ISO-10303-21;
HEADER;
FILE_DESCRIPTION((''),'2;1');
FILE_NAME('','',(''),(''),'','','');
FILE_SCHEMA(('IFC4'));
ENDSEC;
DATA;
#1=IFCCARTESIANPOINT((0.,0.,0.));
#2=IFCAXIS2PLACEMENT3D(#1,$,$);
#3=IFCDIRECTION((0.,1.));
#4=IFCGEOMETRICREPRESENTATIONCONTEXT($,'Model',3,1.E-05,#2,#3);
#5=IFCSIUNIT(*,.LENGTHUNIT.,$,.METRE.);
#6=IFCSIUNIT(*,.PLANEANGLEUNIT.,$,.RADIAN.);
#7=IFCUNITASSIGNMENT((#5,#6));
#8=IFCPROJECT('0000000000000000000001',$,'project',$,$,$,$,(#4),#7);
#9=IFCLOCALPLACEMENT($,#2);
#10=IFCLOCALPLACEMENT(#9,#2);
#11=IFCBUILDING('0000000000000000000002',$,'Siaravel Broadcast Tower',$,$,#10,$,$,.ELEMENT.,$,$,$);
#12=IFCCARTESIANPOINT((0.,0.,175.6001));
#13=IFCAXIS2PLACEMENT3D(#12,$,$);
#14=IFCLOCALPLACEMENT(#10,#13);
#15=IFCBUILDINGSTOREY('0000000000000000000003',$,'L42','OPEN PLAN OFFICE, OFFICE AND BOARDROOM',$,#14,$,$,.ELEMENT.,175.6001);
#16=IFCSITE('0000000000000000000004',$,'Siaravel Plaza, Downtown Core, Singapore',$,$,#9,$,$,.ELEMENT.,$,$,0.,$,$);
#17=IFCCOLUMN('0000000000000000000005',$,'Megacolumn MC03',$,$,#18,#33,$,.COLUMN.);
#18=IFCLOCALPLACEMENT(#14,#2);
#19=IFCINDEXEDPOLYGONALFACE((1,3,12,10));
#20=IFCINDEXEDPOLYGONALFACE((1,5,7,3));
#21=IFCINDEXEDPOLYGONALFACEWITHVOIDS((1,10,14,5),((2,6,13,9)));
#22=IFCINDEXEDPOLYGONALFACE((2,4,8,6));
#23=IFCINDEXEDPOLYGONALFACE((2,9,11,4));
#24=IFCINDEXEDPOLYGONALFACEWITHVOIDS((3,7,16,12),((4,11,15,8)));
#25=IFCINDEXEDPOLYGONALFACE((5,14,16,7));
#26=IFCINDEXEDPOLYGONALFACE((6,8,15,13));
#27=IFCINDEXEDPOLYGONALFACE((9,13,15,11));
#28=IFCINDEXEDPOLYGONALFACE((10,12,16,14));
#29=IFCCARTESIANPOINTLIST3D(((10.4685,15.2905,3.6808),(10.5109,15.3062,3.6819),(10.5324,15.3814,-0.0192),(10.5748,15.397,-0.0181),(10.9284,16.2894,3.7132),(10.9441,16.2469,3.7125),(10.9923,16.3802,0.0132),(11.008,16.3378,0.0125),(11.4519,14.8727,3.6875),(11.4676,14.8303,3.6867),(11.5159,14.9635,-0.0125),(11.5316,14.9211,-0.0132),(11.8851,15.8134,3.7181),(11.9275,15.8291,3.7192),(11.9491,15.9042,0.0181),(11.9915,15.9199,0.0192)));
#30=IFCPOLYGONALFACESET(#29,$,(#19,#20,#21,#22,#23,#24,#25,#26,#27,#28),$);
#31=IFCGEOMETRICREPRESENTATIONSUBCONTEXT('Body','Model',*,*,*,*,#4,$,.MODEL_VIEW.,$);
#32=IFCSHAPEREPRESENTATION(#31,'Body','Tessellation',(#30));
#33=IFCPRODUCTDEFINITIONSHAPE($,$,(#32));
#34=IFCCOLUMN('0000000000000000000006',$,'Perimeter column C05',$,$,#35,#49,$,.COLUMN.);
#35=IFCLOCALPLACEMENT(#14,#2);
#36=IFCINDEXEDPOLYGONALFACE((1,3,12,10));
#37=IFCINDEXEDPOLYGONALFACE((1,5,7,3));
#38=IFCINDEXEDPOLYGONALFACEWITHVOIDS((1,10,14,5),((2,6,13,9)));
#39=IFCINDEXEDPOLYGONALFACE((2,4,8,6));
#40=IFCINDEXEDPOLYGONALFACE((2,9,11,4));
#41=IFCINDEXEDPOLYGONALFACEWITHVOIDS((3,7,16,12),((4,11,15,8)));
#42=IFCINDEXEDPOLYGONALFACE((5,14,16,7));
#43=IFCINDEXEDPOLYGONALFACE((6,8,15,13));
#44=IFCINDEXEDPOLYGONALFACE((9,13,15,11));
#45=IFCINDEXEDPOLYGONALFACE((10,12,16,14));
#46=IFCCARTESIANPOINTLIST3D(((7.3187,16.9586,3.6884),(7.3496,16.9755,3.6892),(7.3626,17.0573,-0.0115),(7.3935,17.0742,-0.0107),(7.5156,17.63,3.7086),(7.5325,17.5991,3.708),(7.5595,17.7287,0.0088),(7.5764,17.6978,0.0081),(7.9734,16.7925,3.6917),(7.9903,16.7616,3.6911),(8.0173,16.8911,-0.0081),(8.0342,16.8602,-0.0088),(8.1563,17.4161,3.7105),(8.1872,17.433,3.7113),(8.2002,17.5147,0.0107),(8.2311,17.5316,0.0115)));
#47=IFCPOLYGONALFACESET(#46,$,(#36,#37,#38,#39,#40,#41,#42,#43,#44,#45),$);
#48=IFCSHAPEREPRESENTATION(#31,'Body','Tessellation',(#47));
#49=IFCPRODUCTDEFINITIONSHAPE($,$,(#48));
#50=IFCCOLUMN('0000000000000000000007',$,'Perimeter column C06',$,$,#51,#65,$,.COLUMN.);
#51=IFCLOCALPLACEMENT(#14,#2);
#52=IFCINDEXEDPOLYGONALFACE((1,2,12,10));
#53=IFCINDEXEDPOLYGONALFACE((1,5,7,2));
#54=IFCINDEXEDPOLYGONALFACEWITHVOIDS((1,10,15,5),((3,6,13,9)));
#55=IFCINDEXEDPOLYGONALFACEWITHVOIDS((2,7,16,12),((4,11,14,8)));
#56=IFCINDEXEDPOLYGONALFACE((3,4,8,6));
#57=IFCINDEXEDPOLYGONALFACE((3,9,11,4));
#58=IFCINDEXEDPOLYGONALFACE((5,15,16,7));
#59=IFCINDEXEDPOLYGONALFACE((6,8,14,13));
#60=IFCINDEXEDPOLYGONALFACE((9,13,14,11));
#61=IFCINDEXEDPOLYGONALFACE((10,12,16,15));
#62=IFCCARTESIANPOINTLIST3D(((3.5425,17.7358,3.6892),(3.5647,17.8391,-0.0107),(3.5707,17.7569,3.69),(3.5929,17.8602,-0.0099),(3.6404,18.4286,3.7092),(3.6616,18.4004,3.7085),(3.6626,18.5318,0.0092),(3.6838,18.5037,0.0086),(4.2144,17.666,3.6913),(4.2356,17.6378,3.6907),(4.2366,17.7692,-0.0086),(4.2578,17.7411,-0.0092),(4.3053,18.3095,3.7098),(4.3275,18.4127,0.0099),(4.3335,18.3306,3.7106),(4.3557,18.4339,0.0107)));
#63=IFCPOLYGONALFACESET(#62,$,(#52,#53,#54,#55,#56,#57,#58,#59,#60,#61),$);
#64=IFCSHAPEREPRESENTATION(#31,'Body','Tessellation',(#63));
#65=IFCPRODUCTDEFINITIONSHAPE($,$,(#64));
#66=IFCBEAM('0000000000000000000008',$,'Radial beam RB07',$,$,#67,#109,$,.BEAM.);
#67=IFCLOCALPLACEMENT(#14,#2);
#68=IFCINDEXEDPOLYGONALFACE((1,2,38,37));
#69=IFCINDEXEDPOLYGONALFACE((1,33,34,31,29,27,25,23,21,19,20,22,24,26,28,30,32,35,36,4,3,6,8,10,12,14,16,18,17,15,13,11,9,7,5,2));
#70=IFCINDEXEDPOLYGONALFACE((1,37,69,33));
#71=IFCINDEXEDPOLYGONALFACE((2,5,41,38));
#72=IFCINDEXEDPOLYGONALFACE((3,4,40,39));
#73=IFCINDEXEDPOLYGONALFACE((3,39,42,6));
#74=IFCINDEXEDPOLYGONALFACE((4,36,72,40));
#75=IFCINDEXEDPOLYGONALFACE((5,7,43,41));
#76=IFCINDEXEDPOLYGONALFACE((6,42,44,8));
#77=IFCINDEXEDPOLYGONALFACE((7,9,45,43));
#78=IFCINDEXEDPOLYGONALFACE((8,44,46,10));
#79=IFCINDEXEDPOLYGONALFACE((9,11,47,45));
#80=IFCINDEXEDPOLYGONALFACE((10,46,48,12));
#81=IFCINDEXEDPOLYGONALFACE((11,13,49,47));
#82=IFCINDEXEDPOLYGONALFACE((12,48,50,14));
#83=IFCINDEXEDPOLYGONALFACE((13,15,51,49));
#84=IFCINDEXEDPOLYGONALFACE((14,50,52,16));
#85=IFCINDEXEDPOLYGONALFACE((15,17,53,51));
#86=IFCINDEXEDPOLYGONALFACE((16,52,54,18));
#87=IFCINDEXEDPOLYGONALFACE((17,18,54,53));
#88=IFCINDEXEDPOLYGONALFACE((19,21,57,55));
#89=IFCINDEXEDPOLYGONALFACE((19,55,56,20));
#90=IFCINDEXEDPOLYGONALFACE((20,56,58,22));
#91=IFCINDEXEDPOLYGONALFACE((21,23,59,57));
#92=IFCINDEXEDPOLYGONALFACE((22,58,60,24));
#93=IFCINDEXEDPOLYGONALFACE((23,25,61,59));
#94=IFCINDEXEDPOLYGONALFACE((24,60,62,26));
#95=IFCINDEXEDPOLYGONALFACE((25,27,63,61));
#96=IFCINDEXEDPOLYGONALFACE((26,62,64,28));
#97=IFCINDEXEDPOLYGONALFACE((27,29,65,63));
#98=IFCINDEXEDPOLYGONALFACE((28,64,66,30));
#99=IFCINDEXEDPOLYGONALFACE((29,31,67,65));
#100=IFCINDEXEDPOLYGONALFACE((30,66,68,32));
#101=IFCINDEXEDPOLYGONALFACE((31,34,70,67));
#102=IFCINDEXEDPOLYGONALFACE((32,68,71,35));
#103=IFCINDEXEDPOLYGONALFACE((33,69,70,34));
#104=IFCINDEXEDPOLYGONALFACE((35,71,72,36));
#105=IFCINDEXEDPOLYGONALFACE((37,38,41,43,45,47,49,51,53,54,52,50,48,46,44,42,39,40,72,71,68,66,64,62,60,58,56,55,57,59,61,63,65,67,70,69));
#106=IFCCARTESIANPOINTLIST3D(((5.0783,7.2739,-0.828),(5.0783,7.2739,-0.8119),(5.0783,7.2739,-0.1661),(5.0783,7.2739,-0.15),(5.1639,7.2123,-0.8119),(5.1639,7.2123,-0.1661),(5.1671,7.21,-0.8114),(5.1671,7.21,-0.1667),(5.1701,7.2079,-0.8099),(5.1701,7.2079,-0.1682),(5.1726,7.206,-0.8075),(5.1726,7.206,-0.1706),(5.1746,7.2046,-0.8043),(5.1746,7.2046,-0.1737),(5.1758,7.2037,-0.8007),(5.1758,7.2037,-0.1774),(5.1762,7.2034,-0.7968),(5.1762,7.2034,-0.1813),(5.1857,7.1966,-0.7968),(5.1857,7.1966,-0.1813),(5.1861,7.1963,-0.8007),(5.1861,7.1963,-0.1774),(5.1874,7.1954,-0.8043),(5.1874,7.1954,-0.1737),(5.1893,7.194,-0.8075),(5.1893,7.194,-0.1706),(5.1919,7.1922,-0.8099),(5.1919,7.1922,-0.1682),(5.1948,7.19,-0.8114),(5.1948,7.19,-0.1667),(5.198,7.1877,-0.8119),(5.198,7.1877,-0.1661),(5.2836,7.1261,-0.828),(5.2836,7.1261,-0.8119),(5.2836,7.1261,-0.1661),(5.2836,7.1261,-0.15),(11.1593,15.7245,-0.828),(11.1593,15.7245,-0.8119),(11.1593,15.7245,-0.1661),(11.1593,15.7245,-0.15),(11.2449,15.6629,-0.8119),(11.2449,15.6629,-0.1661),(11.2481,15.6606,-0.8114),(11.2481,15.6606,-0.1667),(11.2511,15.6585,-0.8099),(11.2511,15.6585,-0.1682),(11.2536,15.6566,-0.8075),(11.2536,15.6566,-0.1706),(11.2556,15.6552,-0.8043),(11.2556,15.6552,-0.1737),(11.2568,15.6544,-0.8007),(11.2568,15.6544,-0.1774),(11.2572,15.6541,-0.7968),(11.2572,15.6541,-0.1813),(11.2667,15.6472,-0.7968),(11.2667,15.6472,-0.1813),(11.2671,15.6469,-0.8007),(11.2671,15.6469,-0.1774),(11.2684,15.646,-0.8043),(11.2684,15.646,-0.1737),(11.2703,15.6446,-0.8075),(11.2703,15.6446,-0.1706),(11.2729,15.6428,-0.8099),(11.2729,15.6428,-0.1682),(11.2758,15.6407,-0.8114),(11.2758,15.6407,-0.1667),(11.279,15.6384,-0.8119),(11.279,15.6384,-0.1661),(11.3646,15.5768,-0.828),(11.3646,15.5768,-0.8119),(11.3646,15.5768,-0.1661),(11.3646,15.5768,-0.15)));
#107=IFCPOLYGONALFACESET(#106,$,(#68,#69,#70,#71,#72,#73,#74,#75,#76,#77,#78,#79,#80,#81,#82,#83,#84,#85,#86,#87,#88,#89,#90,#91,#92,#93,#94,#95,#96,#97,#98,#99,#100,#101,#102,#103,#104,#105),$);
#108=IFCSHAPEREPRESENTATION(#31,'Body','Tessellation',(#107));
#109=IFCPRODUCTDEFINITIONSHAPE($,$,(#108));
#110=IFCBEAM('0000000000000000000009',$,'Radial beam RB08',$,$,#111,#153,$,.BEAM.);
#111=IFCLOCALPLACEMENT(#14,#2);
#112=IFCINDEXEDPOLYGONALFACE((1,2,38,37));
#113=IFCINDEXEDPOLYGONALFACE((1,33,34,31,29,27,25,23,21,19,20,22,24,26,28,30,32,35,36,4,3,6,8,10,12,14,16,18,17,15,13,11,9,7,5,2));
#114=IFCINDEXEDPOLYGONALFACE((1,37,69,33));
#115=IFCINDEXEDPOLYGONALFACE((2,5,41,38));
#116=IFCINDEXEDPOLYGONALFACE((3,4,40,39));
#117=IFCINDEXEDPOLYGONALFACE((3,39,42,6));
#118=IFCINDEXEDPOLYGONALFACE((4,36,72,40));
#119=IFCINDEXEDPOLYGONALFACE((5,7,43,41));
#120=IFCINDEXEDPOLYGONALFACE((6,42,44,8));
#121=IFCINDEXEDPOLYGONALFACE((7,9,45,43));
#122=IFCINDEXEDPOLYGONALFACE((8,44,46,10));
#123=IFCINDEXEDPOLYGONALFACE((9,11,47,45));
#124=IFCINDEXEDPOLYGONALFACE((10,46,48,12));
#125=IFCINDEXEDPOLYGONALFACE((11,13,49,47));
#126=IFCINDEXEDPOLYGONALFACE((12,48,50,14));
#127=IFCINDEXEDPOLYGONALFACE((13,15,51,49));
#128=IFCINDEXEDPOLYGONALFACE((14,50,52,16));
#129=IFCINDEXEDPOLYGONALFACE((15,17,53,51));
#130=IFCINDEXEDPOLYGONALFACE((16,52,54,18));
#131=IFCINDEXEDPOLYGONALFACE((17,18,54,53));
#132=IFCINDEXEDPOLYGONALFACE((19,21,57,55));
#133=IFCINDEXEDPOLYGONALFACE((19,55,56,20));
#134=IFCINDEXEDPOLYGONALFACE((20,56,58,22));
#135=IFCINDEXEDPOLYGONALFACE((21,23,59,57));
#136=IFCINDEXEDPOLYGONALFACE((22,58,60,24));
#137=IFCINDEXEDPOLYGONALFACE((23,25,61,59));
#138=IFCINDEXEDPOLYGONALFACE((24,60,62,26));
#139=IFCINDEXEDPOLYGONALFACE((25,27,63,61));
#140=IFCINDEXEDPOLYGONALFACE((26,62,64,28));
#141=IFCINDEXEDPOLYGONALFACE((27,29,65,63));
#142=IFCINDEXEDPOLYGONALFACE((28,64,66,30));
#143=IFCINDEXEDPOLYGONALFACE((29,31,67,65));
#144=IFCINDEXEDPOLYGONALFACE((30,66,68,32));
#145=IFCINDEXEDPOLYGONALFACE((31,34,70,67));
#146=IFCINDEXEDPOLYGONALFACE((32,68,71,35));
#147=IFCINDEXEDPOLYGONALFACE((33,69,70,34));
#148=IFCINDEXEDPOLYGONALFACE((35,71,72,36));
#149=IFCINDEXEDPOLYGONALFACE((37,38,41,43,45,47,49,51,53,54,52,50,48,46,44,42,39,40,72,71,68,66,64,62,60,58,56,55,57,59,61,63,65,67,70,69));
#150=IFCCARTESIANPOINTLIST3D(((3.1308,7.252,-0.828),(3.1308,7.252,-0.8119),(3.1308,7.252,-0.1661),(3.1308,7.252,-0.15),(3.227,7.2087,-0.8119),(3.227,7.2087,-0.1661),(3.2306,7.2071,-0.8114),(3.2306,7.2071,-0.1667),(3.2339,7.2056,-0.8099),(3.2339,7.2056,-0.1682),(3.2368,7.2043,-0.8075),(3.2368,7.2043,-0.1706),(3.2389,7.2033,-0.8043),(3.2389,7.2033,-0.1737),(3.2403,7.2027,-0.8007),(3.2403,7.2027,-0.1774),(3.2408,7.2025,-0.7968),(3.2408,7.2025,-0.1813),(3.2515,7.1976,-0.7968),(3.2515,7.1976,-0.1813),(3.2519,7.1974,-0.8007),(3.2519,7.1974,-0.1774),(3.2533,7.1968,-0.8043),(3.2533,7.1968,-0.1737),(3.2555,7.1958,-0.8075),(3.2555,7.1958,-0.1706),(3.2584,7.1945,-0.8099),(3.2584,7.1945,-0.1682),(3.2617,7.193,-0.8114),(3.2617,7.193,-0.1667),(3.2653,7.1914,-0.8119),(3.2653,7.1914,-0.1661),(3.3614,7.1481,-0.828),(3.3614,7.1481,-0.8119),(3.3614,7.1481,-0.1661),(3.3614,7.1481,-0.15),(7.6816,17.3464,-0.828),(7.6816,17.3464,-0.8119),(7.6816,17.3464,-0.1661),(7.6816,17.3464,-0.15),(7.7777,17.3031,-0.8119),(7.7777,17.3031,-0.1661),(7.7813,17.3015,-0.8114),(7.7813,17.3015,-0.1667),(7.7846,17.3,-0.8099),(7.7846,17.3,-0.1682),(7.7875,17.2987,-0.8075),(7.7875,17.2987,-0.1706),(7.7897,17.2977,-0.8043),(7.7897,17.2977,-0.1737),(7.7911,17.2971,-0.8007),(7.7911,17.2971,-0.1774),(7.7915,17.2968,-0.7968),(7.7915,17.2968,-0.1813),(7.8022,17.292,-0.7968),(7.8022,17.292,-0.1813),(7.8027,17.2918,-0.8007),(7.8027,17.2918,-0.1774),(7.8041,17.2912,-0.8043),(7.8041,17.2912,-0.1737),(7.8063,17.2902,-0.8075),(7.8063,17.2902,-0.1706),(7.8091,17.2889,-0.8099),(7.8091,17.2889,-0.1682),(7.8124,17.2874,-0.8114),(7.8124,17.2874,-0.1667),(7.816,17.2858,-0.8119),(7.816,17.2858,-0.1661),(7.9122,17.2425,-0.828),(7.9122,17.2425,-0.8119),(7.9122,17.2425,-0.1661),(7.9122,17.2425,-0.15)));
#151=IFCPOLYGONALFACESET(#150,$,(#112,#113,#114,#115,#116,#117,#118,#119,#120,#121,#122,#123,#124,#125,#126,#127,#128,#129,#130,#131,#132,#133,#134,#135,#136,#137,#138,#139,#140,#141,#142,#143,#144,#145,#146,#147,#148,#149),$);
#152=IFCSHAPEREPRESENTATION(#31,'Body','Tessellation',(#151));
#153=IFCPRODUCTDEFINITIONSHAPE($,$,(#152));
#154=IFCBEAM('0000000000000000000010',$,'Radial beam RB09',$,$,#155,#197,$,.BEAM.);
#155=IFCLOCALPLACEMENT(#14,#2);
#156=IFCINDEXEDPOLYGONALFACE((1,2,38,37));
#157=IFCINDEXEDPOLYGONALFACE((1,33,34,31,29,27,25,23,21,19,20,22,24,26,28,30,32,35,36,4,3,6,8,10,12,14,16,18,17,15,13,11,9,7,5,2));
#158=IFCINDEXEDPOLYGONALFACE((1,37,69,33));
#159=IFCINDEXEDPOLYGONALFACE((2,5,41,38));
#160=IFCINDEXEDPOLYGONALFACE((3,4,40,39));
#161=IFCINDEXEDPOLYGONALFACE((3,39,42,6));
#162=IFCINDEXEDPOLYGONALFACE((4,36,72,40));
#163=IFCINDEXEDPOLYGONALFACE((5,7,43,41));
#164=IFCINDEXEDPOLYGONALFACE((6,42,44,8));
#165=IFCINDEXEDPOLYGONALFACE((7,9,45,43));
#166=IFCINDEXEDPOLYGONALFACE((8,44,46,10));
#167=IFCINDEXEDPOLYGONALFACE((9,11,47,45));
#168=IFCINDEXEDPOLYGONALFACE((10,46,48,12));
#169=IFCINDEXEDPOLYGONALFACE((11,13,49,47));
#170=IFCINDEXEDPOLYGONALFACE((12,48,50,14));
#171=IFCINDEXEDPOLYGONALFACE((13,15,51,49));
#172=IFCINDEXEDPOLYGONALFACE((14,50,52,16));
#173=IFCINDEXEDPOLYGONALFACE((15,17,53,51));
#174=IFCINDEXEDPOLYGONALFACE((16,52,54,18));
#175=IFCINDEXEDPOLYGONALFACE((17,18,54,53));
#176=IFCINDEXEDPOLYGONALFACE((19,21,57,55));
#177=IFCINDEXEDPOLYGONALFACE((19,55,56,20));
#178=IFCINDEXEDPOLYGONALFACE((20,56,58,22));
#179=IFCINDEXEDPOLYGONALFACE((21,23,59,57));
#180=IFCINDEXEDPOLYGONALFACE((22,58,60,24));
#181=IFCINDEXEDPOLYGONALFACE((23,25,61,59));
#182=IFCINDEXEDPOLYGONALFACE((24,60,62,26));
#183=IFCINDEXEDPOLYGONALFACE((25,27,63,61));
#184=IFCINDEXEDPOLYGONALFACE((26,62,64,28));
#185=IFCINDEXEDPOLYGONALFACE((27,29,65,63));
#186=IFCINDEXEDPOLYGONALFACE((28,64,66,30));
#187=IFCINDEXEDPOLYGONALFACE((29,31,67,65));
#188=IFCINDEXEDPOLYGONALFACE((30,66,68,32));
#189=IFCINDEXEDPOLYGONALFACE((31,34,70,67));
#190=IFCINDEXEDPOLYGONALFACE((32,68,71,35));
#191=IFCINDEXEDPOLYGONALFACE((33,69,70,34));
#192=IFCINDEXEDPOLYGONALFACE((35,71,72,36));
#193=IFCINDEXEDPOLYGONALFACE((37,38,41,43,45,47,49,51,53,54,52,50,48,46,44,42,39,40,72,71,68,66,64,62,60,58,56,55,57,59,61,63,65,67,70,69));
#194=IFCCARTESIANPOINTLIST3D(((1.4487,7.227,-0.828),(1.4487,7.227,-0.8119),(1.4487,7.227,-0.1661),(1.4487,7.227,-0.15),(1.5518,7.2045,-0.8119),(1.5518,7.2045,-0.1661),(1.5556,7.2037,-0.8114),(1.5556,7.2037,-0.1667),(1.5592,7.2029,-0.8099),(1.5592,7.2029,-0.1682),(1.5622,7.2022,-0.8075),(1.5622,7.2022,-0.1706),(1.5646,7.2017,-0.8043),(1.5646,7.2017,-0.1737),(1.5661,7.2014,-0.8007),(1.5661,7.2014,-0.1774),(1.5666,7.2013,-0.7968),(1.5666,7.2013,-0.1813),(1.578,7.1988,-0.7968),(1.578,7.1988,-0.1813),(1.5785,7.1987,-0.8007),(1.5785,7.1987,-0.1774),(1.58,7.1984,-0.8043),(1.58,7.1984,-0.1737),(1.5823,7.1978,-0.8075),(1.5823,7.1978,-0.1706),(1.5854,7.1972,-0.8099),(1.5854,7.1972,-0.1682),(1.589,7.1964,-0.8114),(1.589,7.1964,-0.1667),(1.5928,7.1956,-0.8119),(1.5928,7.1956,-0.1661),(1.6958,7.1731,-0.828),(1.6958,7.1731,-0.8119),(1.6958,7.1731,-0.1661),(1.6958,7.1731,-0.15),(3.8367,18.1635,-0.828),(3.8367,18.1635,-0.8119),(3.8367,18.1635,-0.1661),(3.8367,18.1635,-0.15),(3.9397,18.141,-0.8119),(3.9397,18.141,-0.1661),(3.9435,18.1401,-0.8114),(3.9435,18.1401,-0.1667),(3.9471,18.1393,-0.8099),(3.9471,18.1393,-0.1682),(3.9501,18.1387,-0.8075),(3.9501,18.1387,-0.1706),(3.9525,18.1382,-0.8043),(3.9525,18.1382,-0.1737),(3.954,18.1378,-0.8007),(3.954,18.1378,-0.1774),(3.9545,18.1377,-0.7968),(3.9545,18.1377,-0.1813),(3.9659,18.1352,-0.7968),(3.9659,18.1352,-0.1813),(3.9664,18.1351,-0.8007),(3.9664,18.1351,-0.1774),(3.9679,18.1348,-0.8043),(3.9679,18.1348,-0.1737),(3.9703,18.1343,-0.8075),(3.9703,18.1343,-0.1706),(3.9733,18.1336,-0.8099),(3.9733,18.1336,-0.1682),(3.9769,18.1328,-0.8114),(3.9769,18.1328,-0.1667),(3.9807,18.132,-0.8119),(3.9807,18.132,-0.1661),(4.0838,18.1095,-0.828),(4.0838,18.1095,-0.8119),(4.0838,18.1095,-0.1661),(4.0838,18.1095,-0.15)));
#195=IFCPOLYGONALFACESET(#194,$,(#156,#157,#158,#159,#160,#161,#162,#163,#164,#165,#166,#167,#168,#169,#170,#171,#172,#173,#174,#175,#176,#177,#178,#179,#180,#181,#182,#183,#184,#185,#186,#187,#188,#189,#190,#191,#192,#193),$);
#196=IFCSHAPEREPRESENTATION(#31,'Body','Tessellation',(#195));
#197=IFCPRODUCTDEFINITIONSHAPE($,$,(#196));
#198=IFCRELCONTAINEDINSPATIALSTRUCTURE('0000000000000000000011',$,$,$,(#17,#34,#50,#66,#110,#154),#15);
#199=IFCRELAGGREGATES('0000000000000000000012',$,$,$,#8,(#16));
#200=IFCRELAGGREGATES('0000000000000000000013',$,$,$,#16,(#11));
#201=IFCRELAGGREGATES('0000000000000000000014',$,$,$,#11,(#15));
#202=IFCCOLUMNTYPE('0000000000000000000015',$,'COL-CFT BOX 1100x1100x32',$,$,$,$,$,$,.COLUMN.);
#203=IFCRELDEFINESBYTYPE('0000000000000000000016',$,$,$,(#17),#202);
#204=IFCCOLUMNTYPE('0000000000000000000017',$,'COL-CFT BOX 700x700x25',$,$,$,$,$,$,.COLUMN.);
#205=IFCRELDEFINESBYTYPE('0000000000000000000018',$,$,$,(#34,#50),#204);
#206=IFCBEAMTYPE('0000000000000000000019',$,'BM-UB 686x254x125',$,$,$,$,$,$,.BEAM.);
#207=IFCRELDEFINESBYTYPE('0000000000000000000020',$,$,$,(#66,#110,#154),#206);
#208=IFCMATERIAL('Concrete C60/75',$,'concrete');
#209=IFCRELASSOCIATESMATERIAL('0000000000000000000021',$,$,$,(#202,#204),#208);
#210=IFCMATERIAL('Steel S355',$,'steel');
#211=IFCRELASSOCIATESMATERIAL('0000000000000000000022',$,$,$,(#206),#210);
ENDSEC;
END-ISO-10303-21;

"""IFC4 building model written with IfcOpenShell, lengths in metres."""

from ifc_helpers import new_model, si_unit, direction, frame, origin, origin_2d, place, context, subcontext, project, spatial, hollow_rectangle, i_section, extrude, material, material_profile, profile_set, type_object, element, save


model = new_model("IFC4")

# Units and contexts
model_context = context("Model", 3, precision=1e-05, world=origin(), true_north=direction((0.0, 1.0)))
body_context = subcontext(model_context, "Body", "Model", "MODEL_VIEW")
ifc_project = project(units=[si_unit("LENGTHUNIT", "METRE"), si_unit("PLANEANGLEUNIT", "RADIAN")], contexts=[model_context])

# Site, building, storey
site_placement = place(None, origin())
site = spatial("IfcSite", under=ifc_project, at=site_placement, Name="Siaravel Plaza, Downtown Core, Singapore", CompositionType="ELEMENT", RefElevation=0.0)
building_placement = place(site_placement, origin())
building = spatial("IfcBuilding", under=site, at=building_placement, Name="Siaravel Broadcast Tower", CompositionType="ELEMENT")
storey_placement = place(building_placement, frame((0.0, 0.0, 175.6001)))
storey = spatial("IfcBuildingStorey", under=building, at=storey_placement, Name="L42", Description="OPEN PLAN OFFICE, OFFICE AND BOARDROOM", CompositionType="ELEMENT", Elevation=175.6001)

# Columns
ifc_material_1 = material(Name="Concrete C60/75", Category="concrete")
ifc_material_profile_1 = material_profile(ifc_material_1, hollow_rectangle(XDim=1.1001, YDim=1.1001, WallThickness=0.032, at=origin_2d()))
ifc_profile_set_1 = profile_set([ifc_material_profile_1], Name="Concrete C60/75")
column_type_1 = type_object("IfcColumnType", Name="COL-CFT BOX 1100x1100x32", PredefinedType="COLUMN", material=ifc_profile_set_1)
column_placement = place(storey_placement, frame((11.262, 15.6506, 0.0), z_axis=(-0.01728, -0.024535, 0.99955), x_axis=(0.908249, -0.418395, 0.005432)))
element("IfcColumn", 1, at=column_placement, inside=storey, type_object=column_type_1, Name="Megacolumn MC03", PredefinedType="COLUMN", context=body_context, shape_type="SweptSolid", body=[
    extrude(hollow_rectangle(XDim=1.1001, YDim=1.1001, WallThickness=0.032, at=origin_2d()), origin(), (0.0, 0.0, 1.0), 3.7017),
])
ifc_material_profile_2 = material_profile(ifc_material_1, hollow_rectangle(XDim=0.7, YDim=0.7, WallThickness=0.0249, at=origin_2d()))
ifc_profile_set_2 = profile_set([ifc_material_profile_2], Name="Concrete C60/75")
column_type_2 = type_object("IfcColumnType", Name="COL-CFT BOX 700x700x25", PredefinedType="COLUMN", material=ifc_profile_set_2)
for number, where, z_axis, x_axis, name in (
    (2, (7.7969, 17.2944, 0.0), (-0.011872, -0.026647, 0.999574), (0.959541, -0.281541, 0.003891), "Perimeter column C05"),
    (3, (3.9602, 18.1365, 0.0), (-0.006002, -0.0279, 0.999593), (0.99016, -0.139927, 0.00204), "Perimeter column C06"),
):
    element("IfcColumn", number, at=place(storey_placement, frame(where, z_axis=z_axis, x_axis=x_axis)), inside=storey, type_object=column_type_2, Name=name, PredefinedType="COLUMN", context=body_context, shape_type="SweptSolid", body=[
        extrude(hollow_rectangle(XDim=0.7, YDim=0.7, WallThickness=0.0249, at=origin_2d()), origin(), (0.0, 0.0, 1.0), 3.7014),
    ])

# Beams
ifc_material_2 = material(Name="Steel S355", Category="steel")
ifc_material_profile_3 = material_profile(ifc_material_2, i_section(OverallWidth=0.2529, OverallDepth=0.678, WebThickness=0.0117, FlangeThickness=0.0161, FilletRadius=0.0151, at=origin_2d()))
ifc_profile_set_3 = profile_set([ifc_material_profile_3], Name="Steel S355")
beam_type = type_object("IfcBeamType", Name="BM-UB 686x254x125", PredefinedType="BEAM", material=ifc_profile_set_3)
beam_1_placement = place(storey_placement, frame((11.262, 15.6506, -0.489), z_axis=(-0.584087, -0.811691, 0.0), x_axis=(0.811691, -0.584087, 0.0)))
element("IfcBeam", 4, at=beam_1_placement, inside=storey, type_object=beam_type, Name="Radial beam RB07", PredefinedType="BEAM", context=body_context, shape_type="SweptSolid", body=[
    extrude(i_section(OverallWidth=0.2529, OverallDepth=0.678, WebThickness=0.0117, FlangeThickness=0.0161, FilletRadius=0.0151, at=origin_2d()), origin(), (0.0, 0.0, 1.0), 10.4111),
])
beam_2_placement = place(storey_placement, frame((7.7969, 17.2944, -0.489), z_axis=(-0.410985, -0.911642, 0.0), x_axis=(0.911642, -0.410985, 0.0)))
element("IfcBeam", 5, at=beam_2_placement, inside=storey, type_object=beam_type, Name="Radial beam RB08", PredefinedType="BEAM", context=body_context, shape_type="SweptSolid", body=[
    extrude(i_section(OverallWidth=0.2529, OverallDepth=0.678, WebThickness=0.0117, FlangeThickness=0.0161, FilletRadius=0.0151, at=origin_2d()), origin(), (0.0, 0.0, 1.0), 11.0728),
])
beam_3_placement = place(storey_placement, frame((3.9602, 18.1365, -0.489), z_axis=(-0.21332, -0.976982, 0.0), x_axis=(0.976982, -0.21332, 0.0)))
element("IfcBeam", 6, at=beam_3_placement, inside=storey, type_object=beam_type, Name="Radial beam RB09", PredefinedType="BEAM", context=body_context, shape_type="SweptSolid", body=[
    extrude(i_section(OverallWidth=0.2529, OverallDepth=0.678, WebThickness=0.0117, FlangeThickness=0.0161, FilletRadius=0.0151, at=origin_2d()), origin(), (0.0, 0.0, 1.0), 11.1941),
])

save(model, "model.ifc")
